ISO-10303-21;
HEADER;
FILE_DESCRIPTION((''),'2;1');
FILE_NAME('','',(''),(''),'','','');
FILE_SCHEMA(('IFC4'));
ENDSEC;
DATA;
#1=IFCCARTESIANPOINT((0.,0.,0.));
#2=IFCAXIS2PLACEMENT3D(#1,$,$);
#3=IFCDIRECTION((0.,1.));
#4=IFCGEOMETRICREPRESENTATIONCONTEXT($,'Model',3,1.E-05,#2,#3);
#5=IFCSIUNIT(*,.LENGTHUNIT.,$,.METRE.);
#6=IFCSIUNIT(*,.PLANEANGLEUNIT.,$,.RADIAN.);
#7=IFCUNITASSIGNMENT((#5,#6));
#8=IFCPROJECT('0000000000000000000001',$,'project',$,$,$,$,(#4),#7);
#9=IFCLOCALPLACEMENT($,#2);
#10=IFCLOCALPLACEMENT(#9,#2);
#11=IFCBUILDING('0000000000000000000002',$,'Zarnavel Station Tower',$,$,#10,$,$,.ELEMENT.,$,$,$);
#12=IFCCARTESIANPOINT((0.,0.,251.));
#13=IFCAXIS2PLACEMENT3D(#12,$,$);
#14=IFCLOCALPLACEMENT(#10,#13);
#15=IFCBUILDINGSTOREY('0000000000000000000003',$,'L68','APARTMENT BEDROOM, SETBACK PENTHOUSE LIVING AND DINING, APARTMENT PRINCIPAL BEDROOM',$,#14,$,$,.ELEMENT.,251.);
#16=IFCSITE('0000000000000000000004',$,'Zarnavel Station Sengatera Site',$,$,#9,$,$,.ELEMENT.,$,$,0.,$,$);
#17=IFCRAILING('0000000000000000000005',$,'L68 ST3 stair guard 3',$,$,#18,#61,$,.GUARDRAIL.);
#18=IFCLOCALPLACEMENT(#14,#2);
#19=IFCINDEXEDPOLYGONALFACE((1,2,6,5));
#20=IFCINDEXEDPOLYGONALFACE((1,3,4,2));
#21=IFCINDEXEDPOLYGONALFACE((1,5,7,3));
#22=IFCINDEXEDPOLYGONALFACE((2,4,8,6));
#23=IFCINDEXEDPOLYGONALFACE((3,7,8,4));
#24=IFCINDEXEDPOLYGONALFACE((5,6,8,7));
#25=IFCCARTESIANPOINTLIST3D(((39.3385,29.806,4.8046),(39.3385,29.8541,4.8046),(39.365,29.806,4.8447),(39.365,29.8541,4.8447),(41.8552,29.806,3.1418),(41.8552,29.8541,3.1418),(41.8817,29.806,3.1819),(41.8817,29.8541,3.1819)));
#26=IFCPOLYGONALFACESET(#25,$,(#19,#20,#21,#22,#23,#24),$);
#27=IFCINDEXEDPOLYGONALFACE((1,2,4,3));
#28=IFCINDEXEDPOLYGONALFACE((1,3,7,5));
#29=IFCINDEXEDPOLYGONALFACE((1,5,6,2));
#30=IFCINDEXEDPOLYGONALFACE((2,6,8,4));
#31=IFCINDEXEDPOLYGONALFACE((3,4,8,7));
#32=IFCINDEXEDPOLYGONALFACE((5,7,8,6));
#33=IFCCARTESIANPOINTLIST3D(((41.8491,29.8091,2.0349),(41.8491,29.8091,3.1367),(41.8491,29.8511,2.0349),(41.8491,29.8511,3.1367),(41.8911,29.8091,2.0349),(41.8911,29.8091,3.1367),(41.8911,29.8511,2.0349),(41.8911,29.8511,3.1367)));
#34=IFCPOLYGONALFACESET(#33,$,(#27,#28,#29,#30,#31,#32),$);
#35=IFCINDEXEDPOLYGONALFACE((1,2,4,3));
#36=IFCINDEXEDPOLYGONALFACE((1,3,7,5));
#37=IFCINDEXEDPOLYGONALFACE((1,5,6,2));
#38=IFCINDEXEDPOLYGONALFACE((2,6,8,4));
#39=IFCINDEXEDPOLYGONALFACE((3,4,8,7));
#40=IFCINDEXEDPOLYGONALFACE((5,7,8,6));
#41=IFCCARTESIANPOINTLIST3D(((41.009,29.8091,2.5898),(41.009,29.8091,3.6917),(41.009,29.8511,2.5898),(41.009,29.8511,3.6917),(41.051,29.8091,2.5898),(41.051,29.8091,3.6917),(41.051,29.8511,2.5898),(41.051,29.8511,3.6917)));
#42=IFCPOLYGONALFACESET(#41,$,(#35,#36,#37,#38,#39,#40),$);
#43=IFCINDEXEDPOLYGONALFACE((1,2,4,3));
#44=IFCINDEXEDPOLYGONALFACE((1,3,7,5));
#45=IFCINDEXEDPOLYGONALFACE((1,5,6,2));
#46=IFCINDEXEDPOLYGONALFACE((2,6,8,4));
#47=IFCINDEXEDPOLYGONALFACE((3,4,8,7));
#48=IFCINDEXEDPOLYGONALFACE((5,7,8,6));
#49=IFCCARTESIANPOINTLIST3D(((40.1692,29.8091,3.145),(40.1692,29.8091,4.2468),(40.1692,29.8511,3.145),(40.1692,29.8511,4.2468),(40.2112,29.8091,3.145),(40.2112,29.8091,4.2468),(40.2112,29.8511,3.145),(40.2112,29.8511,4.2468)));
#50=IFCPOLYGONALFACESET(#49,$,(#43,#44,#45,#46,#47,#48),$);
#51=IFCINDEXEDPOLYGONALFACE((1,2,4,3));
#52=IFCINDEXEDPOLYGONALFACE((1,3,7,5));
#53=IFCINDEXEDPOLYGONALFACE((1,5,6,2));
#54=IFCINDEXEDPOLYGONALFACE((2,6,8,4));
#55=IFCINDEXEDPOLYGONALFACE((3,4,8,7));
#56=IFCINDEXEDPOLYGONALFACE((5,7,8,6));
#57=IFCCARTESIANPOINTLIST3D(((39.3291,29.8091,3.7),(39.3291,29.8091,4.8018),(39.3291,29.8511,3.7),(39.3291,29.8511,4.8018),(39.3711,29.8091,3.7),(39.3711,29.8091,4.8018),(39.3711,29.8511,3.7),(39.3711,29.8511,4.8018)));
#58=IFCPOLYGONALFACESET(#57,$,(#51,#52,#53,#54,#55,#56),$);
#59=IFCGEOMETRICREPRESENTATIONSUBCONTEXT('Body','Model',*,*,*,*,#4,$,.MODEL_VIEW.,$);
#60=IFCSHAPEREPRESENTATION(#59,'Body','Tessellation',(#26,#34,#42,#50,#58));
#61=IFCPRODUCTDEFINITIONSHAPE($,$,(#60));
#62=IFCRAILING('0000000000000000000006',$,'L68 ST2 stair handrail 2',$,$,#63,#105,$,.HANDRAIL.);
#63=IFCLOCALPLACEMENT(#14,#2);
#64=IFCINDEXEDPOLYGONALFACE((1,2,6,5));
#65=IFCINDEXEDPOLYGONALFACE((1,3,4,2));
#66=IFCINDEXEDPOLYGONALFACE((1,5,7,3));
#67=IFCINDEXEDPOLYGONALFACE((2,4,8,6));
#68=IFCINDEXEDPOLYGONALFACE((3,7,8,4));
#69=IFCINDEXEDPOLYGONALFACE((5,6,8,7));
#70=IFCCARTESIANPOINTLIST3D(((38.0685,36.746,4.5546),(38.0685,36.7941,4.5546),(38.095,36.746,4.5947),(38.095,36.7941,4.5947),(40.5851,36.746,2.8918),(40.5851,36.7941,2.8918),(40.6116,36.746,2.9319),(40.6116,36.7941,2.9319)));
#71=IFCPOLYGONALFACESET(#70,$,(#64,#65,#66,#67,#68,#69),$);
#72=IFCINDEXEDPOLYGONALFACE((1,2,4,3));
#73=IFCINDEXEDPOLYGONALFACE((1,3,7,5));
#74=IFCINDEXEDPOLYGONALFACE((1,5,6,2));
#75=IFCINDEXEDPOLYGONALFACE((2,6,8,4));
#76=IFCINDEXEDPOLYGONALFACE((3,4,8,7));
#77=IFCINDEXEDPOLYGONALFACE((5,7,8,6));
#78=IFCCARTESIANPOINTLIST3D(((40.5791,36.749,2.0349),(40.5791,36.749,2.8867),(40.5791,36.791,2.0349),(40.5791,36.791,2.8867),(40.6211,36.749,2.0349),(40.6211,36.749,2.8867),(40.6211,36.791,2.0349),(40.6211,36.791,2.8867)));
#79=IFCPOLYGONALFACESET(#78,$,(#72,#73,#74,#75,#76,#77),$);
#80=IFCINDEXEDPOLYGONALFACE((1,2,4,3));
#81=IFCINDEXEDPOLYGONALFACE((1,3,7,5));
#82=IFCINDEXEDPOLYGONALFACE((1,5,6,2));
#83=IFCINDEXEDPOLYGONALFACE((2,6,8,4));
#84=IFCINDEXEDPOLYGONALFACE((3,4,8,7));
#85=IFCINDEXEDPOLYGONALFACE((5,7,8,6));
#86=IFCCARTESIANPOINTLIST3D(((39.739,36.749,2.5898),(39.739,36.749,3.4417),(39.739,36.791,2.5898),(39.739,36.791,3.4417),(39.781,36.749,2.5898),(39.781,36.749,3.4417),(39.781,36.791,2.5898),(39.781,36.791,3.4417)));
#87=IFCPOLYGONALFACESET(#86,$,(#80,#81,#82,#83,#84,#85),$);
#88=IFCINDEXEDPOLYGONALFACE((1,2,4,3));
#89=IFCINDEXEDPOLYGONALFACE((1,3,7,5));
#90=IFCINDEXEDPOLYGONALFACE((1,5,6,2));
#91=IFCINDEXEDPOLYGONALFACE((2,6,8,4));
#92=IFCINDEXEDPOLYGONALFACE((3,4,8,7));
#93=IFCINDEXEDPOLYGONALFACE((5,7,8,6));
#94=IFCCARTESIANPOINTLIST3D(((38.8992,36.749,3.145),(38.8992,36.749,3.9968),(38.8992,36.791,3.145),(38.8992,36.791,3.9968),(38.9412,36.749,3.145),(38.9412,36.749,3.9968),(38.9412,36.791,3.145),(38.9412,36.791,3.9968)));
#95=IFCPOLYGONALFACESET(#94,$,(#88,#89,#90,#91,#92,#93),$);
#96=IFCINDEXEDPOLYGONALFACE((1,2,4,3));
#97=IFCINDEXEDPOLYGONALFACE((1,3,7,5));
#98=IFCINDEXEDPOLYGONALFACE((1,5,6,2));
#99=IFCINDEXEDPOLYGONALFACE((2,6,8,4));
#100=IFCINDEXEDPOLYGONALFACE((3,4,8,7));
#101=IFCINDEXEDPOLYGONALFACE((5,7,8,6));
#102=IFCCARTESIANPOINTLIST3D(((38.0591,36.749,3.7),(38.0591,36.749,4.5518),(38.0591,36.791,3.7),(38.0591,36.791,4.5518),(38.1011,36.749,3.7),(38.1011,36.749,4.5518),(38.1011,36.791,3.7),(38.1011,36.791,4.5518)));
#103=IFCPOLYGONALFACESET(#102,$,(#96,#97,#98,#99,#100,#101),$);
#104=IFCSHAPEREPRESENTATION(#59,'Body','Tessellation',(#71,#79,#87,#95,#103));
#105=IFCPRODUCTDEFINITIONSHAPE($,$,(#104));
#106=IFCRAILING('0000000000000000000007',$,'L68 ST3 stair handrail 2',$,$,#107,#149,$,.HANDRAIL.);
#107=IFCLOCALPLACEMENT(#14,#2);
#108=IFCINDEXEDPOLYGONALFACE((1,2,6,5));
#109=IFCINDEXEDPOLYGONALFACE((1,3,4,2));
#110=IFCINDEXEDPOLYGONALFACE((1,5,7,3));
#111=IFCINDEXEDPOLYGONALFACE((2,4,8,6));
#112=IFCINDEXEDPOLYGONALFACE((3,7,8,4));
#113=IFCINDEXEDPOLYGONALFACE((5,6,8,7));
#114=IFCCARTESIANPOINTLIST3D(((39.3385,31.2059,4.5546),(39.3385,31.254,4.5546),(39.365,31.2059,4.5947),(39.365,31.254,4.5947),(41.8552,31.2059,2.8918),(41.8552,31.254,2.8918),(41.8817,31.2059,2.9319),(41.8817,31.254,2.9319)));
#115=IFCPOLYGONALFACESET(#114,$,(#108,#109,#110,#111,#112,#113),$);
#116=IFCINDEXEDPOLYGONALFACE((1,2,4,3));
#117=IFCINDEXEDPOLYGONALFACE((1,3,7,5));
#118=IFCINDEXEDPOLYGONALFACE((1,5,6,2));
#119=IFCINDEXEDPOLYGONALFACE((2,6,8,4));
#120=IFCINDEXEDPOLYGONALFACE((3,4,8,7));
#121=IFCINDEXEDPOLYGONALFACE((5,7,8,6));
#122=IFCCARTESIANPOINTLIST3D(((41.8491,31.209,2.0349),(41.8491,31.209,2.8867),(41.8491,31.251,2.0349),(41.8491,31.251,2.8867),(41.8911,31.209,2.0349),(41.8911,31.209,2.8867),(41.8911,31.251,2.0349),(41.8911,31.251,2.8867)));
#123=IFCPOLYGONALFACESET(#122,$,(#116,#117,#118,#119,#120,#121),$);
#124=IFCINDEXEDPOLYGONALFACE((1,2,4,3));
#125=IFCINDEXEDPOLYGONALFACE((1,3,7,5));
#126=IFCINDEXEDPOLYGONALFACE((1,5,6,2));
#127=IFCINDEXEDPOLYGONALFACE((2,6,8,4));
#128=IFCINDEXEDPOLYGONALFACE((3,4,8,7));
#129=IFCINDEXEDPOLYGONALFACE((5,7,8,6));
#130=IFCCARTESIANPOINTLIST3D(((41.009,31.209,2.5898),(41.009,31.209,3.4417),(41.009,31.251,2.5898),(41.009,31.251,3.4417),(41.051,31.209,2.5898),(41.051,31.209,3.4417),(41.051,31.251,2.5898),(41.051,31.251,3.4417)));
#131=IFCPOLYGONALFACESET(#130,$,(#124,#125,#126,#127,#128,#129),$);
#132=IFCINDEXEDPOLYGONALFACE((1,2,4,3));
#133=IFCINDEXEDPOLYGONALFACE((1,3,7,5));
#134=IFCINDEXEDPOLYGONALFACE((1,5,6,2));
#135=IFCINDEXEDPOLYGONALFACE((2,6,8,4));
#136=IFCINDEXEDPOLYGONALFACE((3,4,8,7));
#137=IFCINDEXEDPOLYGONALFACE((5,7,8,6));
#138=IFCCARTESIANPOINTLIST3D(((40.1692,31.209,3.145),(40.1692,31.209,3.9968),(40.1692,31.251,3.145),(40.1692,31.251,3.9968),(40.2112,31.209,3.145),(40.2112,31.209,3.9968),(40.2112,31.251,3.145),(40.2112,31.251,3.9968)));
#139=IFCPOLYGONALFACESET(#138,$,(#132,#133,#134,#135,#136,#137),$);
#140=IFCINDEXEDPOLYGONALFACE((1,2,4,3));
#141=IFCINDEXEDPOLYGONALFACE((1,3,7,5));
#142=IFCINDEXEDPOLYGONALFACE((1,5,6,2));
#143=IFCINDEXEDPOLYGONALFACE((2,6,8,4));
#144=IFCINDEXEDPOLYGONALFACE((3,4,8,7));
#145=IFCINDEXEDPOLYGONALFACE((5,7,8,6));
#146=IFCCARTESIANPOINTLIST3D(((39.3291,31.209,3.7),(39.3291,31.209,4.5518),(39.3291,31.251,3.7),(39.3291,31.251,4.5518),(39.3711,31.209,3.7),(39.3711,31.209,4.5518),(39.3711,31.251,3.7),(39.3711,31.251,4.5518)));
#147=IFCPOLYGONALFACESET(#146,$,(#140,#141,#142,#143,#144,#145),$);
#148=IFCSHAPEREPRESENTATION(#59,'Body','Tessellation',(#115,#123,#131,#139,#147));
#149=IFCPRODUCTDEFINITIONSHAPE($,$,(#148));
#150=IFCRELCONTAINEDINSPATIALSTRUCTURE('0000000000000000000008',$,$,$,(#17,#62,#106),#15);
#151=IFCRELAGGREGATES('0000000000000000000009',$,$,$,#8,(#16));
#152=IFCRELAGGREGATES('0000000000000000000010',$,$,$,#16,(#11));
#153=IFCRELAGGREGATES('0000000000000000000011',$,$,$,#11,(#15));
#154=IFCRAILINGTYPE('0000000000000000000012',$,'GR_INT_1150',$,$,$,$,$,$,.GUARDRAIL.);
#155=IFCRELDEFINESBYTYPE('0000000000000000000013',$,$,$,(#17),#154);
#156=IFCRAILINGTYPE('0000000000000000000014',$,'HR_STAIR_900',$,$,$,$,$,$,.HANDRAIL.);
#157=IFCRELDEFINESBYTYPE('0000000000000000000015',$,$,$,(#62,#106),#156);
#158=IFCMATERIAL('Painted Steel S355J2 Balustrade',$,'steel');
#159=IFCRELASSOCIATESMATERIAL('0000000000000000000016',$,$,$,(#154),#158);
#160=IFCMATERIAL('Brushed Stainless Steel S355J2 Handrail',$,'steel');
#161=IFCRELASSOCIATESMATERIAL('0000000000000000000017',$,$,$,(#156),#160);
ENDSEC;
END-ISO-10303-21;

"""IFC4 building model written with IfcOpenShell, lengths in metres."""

from ifc_helpers import new_model, si_unit, direction, frame, origin, origin_2d, place, context, subcontext, project, spatial, rectangle, extrude, material, type_object, element, save


model = new_model("IFC4")

# Units and contexts
model_context = context("Model", 3, precision=1e-05, world=origin(), true_north=direction((0.0, 1.0)))
body_context = subcontext(model_context, "Body", "Model", "MODEL_VIEW")
ifc_project = project(units=[si_unit("LENGTHUNIT", "METRE"), si_unit("PLANEANGLEUNIT", "RADIAN")], contexts=[model_context])

# Site, building, storey
site_placement = place(None, origin())
site = spatial("IfcSite", under=ifc_project, at=site_placement, Name="Zarnavel Station Sengatera Site", CompositionType="ELEMENT", RefElevation=0.0)
building_placement = place(site_placement, origin())
building = spatial("IfcBuilding", under=site, at=building_placement, Name="Zarnavel Station Tower", CompositionType="ELEMENT")
storey_placement = place(building_placement, frame((0.0, 0.0, 251.0)))
storey = spatial("IfcBuildingStorey", under=building, at=storey_placement, Name="L68", Description="APARTMENT BEDROOM, SETBACK PENTHOUSE LIVING AND DINING, APARTMENT PRINCIPAL BEDROOM", CompositionType="ELEMENT", Elevation=251.0)

# Railings
ifc_material_1 = material(Name="Painted Steel S355J2 Balustrade", Category="steel")
railing_type_1 = type_object("IfcRailingType", Name="GR_INT_1150", PredefinedType="GUARDRAIL", material=ifc_material_1)
railing_1_placement = place(storey_placement, frame((41.8701, 29.8301, 2.0349)))
element("IfcRailing", 1, at=railing_1_placement, inside=storey, type_object=railing_type_1, Name="L68 ST3 stair guard 3", PredefinedType="GUARDRAIL", context=body_context, shape_type="SweptSolid", body=[
    extrude(rectangle(XDim=0.0481, YDim=0.0481, at=origin_2d()), frame((-0.0017, 0.0, 1.127), z_axis=(-0.834331, 0.0, 0.551263), x_axis=(0.0, -1.0, 0.0)), (0.0, 0.0, 1.0), 3.0164),
    extrude(rectangle(XDim=0.042, YDim=0.042, at=origin_2d()), origin(), (0.0, 0.0, 1.0), 1.1018),
    extrude(rectangle(XDim=0.042, YDim=0.042, at=origin_2d()), frame((-0.8401, 0.0, 0.5549)), (0.0, 0.0, 1.0), 1.1018),
    extrude(rectangle(XDim=0.042, YDim=0.042, at=origin_2d()), frame((-1.6799, 0.0, 1.1101)), (0.0, 0.0, 1.0), 1.1018),
    extrude(rectangle(XDim=0.042, YDim=0.042, at=origin_2d()), frame((-2.52, 0.0, 1.665)), (0.0, 0.0, 1.0), 1.1018),
])
ifc_material_2 = material(Name="Brushed Stainless Steel S355J2 Handrail", Category="steel")
railing_type_2 = type_object("IfcRailingType", Name="HR_STAIR_900", PredefinedType="HANDRAIL", material=ifc_material_2)
for number, where, name in (
    (2, (40.6001, 36.77, 2.0349), "L68 ST2 stair handrail 2"),
    (3, (41.8701, 31.23, 2.0349), "L68 ST3 stair handrail 2"),
):
    element("IfcRailing", number, at=place(storey_placement, frame(where)), inside=storey, type_object=railing_type_2, Name=name, PredefinedType="HANDRAIL", context=body_context, shape_type="SweptSolid", body=[
        extrude(rectangle(XDim=0.0481, YDim=0.0481, at=origin_2d()), frame((-0.0017, 0.0, 0.877), z_axis=(-0.834331, 0.0, 0.551263), x_axis=(0.0, -1.0, 0.0)), (0.0, 0.0, 1.0), 3.0164),
        extrude(rectangle(XDim=0.042, YDim=0.042, at=origin_2d()), origin(), (0.0, 0.0, 1.0), 0.8518),
        extrude(rectangle(XDim=0.042, YDim=0.042, at=origin_2d()), frame((-0.8401, 0.0, 0.5549)), (0.0, 0.0, 1.0), 0.8518),
        extrude(rectangle(XDim=0.042, YDim=0.042, at=origin_2d()), frame((-1.6799, 0.0, 1.1101)), (0.0, 0.0, 1.0), 0.8518),
        extrude(rectangle(XDim=0.042, YDim=0.042, at=origin_2d()), frame((-2.52, 0.0, 1.665)), (0.0, 0.0, 1.0), 0.8518),
    ])

save(model, "model.ifc")
